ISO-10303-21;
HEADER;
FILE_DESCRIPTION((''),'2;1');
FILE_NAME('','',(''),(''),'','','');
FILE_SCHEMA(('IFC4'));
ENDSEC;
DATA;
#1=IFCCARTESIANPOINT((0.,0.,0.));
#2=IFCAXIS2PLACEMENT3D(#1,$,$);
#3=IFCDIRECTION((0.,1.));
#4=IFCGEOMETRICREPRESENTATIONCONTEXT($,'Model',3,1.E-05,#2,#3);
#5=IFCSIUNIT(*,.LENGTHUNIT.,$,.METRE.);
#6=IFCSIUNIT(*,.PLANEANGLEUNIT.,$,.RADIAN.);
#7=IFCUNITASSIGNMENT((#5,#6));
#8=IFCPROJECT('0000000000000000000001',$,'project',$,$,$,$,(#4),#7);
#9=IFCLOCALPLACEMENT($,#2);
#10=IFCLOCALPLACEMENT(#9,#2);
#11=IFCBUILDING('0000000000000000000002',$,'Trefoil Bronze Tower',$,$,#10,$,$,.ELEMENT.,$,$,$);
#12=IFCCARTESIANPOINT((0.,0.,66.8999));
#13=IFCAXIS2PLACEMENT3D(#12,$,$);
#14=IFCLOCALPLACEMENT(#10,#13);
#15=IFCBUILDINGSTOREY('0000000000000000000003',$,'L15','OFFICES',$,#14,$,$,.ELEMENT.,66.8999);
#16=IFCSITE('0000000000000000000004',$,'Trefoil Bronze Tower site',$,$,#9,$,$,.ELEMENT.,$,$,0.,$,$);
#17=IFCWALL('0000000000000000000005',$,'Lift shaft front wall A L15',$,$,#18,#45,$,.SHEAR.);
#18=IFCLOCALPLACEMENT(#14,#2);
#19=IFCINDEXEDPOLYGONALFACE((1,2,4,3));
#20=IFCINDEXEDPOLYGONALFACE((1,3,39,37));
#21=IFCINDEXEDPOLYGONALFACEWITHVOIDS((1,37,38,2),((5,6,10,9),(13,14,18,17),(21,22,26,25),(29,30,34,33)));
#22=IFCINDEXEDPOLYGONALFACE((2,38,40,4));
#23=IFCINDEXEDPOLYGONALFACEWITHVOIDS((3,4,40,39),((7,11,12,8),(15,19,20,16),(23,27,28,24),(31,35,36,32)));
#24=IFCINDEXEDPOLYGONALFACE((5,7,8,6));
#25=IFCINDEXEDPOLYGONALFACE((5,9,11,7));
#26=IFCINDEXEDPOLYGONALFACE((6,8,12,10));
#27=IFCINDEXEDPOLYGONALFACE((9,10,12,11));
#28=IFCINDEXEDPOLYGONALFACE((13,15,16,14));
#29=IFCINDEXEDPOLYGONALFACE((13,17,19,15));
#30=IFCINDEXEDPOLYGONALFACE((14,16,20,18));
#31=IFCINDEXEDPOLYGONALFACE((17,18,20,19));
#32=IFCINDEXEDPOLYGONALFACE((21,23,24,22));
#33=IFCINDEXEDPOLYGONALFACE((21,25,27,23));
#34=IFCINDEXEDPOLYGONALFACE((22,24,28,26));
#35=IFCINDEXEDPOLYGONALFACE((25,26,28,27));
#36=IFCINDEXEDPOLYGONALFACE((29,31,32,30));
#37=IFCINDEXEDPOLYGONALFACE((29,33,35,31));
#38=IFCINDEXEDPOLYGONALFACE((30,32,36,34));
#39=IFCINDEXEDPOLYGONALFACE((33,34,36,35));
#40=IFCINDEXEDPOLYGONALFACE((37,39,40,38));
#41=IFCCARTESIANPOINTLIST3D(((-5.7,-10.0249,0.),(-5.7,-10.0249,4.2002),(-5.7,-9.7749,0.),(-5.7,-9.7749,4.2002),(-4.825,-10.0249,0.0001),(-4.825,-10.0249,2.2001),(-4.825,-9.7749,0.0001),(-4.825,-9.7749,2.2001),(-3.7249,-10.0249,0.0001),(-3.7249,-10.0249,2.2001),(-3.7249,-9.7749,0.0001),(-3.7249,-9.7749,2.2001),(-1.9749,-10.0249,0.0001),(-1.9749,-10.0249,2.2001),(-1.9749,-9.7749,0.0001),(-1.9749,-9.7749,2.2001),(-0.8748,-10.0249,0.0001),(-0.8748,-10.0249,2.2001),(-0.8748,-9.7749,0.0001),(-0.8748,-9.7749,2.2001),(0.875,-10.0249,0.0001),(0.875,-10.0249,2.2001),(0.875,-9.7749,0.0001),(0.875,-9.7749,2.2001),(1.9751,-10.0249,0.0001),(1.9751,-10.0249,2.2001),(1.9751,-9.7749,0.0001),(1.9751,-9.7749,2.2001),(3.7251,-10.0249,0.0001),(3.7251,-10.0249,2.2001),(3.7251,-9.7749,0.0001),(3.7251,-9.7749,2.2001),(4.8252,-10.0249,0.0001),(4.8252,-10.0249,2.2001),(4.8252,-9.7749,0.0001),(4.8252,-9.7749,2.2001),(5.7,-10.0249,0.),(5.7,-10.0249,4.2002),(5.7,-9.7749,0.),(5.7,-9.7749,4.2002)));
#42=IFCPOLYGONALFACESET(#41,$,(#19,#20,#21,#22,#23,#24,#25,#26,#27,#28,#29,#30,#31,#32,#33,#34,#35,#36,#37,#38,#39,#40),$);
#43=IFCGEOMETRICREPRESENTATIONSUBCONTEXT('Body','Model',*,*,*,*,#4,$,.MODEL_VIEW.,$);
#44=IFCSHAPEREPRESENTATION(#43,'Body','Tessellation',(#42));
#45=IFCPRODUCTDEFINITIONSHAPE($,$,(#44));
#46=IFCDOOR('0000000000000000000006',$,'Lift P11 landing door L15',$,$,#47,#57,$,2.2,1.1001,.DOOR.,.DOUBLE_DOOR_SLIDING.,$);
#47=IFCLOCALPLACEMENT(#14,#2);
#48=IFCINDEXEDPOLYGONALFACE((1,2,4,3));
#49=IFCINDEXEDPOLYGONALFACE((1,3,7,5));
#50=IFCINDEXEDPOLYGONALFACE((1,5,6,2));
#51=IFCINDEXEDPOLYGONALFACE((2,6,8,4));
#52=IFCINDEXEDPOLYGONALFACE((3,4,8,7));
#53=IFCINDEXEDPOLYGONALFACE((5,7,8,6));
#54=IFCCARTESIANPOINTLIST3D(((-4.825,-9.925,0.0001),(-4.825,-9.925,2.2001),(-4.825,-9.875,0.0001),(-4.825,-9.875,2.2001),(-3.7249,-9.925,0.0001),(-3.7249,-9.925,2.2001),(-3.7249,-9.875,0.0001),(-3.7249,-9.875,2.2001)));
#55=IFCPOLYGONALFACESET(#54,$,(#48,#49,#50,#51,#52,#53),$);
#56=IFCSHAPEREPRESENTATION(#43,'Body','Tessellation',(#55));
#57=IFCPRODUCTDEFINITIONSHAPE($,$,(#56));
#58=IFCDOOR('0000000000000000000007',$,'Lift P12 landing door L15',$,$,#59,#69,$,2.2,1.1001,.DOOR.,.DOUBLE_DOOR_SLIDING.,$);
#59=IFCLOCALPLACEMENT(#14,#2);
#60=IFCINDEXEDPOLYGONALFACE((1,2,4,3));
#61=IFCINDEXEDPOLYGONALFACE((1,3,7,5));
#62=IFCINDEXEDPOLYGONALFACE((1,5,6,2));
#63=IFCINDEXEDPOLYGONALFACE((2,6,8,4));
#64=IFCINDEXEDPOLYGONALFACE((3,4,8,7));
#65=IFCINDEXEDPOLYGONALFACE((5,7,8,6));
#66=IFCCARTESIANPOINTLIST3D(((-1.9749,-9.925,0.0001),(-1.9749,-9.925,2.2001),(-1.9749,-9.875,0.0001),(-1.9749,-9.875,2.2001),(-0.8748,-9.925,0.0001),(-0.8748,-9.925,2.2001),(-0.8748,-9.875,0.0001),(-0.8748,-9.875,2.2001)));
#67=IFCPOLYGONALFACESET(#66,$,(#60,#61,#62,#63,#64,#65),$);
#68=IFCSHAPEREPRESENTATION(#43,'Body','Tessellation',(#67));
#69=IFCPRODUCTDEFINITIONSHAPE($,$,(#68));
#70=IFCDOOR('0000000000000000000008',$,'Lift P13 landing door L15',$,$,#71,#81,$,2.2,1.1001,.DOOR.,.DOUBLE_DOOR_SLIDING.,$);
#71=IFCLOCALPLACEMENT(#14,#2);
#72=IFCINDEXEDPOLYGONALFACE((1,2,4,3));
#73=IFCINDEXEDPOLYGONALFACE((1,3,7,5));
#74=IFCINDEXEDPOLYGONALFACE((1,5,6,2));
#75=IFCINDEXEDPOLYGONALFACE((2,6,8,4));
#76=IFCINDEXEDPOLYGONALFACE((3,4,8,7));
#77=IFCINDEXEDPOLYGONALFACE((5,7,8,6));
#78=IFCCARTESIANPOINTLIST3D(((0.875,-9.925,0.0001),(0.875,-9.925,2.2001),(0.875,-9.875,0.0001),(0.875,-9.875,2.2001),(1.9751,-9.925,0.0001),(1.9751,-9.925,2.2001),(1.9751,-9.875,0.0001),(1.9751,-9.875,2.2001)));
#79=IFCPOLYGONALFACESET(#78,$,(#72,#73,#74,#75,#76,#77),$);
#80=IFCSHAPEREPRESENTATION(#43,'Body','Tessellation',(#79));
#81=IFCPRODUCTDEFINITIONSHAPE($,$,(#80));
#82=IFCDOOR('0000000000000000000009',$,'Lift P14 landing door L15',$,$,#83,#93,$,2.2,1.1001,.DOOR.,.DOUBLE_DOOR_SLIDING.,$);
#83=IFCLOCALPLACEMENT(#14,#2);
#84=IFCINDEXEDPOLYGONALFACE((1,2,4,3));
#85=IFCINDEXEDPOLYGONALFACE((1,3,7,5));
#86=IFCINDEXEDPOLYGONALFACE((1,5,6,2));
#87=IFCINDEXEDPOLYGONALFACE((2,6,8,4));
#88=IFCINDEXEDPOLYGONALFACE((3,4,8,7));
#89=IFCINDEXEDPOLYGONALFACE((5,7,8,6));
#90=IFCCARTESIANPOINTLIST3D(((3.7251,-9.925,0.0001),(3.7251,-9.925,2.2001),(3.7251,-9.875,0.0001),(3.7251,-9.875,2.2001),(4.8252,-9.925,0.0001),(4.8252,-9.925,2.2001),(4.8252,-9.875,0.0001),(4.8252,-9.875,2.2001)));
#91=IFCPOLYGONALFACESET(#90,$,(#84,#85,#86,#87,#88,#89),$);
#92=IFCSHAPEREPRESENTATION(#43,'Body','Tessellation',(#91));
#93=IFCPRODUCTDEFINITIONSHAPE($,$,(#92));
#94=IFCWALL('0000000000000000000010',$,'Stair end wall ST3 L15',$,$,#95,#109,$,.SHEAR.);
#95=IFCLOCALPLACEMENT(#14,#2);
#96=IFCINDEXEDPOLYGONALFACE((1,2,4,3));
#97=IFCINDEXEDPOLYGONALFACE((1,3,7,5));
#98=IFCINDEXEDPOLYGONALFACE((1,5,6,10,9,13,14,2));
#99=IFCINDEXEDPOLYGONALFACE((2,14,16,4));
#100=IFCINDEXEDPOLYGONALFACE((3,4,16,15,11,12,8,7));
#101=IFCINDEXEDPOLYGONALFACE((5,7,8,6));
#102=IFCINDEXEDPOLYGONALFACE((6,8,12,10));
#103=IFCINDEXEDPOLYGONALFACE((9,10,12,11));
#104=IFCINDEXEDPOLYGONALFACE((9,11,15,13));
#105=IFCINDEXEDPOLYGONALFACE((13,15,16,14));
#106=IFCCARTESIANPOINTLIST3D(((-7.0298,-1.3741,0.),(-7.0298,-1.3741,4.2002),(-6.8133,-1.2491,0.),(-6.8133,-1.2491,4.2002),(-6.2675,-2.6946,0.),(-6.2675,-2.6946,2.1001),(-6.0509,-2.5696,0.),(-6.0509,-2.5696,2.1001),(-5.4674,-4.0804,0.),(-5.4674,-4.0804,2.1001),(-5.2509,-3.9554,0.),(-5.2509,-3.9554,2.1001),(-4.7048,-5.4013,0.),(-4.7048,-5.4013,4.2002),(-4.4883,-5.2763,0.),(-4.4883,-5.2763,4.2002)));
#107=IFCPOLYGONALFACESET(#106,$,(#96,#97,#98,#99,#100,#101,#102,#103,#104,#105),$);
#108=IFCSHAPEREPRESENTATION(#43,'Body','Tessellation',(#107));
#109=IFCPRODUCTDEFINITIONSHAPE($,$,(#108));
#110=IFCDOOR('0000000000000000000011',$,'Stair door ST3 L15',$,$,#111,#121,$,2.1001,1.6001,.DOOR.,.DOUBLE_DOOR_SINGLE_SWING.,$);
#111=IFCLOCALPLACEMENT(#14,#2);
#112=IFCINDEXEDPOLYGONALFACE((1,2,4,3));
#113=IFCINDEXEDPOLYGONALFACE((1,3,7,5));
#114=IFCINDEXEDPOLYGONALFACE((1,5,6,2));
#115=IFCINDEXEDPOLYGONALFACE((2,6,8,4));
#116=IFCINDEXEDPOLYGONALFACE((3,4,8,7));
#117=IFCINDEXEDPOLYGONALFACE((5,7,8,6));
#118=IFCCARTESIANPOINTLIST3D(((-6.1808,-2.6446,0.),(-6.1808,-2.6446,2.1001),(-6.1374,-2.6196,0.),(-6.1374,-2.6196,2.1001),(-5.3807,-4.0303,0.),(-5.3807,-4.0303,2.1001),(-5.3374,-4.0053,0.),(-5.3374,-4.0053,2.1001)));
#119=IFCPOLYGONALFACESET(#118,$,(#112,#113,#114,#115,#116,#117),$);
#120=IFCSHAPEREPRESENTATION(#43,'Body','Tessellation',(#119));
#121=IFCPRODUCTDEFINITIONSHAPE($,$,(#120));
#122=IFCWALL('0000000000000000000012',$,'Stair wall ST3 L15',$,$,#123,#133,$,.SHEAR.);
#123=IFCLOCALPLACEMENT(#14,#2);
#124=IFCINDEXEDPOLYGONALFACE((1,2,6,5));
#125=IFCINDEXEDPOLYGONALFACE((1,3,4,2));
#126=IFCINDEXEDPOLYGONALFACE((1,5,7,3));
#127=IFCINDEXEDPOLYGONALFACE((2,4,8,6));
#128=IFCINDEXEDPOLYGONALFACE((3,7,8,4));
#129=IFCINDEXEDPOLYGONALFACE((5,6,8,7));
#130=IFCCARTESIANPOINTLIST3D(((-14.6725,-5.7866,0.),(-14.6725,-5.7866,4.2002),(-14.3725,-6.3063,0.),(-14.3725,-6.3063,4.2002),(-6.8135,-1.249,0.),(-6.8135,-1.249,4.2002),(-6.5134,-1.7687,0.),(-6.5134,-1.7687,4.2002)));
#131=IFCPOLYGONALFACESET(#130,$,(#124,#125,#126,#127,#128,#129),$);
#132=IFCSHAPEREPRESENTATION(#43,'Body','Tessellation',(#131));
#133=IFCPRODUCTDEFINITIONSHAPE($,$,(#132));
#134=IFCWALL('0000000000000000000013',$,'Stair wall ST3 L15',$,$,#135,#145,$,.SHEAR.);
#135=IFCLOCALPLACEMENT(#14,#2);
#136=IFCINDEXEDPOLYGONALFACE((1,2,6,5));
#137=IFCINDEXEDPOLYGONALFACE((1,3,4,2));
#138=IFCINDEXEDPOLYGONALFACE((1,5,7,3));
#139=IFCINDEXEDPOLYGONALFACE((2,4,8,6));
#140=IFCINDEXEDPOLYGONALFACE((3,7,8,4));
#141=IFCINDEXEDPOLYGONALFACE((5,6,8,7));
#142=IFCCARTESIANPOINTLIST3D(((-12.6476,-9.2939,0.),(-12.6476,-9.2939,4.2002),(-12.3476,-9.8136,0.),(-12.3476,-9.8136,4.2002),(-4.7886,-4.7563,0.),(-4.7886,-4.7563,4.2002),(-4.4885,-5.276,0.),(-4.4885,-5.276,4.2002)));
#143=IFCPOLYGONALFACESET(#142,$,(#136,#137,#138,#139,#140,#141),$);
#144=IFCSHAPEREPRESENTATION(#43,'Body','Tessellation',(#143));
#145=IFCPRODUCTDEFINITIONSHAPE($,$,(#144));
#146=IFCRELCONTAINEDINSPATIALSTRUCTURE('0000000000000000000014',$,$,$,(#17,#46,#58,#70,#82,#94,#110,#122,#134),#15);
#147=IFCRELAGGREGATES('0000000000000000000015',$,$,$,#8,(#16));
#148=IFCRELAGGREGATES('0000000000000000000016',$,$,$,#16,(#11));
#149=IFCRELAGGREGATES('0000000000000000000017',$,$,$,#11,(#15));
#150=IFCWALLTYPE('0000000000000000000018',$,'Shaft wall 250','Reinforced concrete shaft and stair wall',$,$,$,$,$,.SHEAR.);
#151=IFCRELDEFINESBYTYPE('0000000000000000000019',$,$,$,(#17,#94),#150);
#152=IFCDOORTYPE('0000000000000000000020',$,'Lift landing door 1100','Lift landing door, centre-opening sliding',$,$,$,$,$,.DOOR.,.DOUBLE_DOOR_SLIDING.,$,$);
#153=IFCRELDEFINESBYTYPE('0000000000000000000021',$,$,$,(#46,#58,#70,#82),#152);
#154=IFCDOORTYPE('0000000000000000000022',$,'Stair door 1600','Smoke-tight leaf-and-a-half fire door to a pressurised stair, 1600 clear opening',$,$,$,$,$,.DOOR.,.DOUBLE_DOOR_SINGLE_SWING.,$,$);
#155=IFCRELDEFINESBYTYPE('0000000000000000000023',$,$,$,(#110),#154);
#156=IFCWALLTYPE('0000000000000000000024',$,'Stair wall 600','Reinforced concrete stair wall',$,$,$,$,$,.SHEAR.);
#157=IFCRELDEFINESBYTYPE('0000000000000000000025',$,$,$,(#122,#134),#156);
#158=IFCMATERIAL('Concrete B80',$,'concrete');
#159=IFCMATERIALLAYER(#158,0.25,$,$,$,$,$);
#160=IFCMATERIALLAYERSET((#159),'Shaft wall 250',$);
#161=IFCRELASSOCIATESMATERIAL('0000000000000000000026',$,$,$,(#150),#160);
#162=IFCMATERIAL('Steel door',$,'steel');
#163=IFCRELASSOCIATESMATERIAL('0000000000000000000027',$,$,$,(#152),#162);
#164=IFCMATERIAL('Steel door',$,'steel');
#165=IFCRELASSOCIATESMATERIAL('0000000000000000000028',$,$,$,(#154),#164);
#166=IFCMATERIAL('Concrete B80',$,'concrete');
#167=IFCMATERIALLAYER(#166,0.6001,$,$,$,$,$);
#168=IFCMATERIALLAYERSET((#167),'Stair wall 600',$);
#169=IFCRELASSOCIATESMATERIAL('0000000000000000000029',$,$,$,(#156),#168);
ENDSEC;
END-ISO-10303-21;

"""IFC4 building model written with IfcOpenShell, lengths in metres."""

from ifc_helpers import new_model, si_unit, direction, frame, frame_2d, origin, place, context, subcontext, project, spatial, rectangle, extrude, material, layer, layer_set, type_object, element, fill, save


model = new_model("IFC4")

# Units and contexts
model_context = context("Model", 3, precision=1e-05, world=origin(), true_north=direction((0.0, 1.0)))
body_context = subcontext(model_context, "Body", "Model", "MODEL_VIEW")
ifc_project = project(units=[si_unit("LENGTHUNIT", "METRE"), si_unit("PLANEANGLEUNIT", "RADIAN")], contexts=[model_context])

# Site, building, storey
site_placement = place(None, origin())
site = spatial("IfcSite", under=ifc_project, at=site_placement, Name="Trefoil Bronze Tower site", CompositionType="ELEMENT", RefElevation=0.0)
building_placement = place(site_placement, origin())
building = spatial("IfcBuilding", under=site, at=building_placement, Name="Trefoil Bronze Tower", CompositionType="ELEMENT")
storey_placement = place(building_placement, frame((0.0, 0.0, 66.8999)))
storey = spatial("IfcBuildingStorey", under=building, at=storey_placement, Name="L15", Description="OFFICES", CompositionType="ELEMENT", Elevation=66.8999)

# Wall, openings, doors
ifc_material_1 = material(Name="Concrete B80", Category="concrete")
ifc_layer_1 = layer(ifc_material_1, 0.25)
ifc_layer_set_1 = layer_set([ifc_layer_1], Name="Shaft wall 250")
wall_type_1 = type_object("IfcWallType", Name="Shaft wall 250", Description="Reinforced concrete shaft and stair wall", PredefinedType="SHEAR", material=ifc_layer_set_1)
wall_1_placement = place(storey_placement, frame((-5.7, -9.8999, 0.0), z_axis=(0.0, 0.0, 1.0), x_axis=(1.0, 0.0, 0.0)))
wall_1 = element("IfcWall", 1, at=wall_1_placement, inside=storey, type_object=wall_type_1, Name="Lift shaft front wall A L15", PredefinedType="SHEAR", context=body_context, shape_type="SweptSolid", body=[
    extrude(rectangle(XDim=11.3999, YDim=0.25, at=frame_2d((5.7, 0.0))), origin(), (0.0, 0.0, 1.0), 4.2002),
])
opening_1_placement = place(wall_1_placement, frame((0.875, 0.0, 0.0)))
opening_1 = element("IfcOpeningElement", 2, at=opening_1_placement, cuts=wall_1, PredefinedType="OPENING", context=body_context, shape_type="SweptSolid", body=[
    extrude(rectangle(XDim=1.1001, YDim=2.2, at=frame_2d((0.55, 1.1001))), frame((0.0, 0.135, 0.0), z_axis=(0.0, -1.0, 0.0), x_axis=(1.0, 0.0, 0.0)), (0.0, 0.0, 1.0), 0.27),
])
opening_2_placement = place(wall_1_placement, frame((3.7251, 0.0, 0.0)))
opening_2 = element("IfcOpeningElement", 3, at=opening_2_placement, cuts=wall_1, PredefinedType="OPENING", context=body_context, shape_type="SweptSolid", body=[
    extrude(rectangle(XDim=1.1001, YDim=2.2, at=frame_2d((0.55, 1.1001))), frame((0.0, 0.135, 0.0), z_axis=(0.0, -1.0, 0.0), x_axis=(1.0, 0.0, 0.0)), (0.0, 0.0, 1.0), 0.27),
])
opening_3_placement = place(wall_1_placement, frame((6.575, 0.0, 0.0)))
opening_3 = element("IfcOpeningElement", 4, at=opening_3_placement, cuts=wall_1, PredefinedType="OPENING", context=body_context, shape_type="SweptSolid", body=[
    extrude(rectangle(XDim=1.1001, YDim=2.2, at=frame_2d((0.55, 1.1001))), frame((0.0, 0.135, 0.0), z_axis=(0.0, -1.0, 0.0), x_axis=(1.0, 0.0, 0.0)), (0.0, 0.0, 1.0), 0.27),
])
opening_4_placement = place(wall_1_placement, frame((9.425, 0.0, 0.0)))
opening_4 = element("IfcOpeningElement", 5, at=opening_4_placement, cuts=wall_1, PredefinedType="OPENING", context=body_context, shape_type="SweptSolid", body=[
    extrude(rectangle(XDim=1.1001, YDim=2.2, at=frame_2d((0.55, 1.1001))), frame((0.0, 0.135, 0.0), z_axis=(0.0, -1.0, 0.0), x_axis=(1.0, 0.0, 0.0)), (0.0, 0.0, 1.0), 0.27),
])
ifc_material_2 = material(Name="Steel door", Category="steel")
door_type_1 = type_object("IfcDoorType", Name="Lift landing door 1100", Description="Lift landing door, centre-opening sliding", OperationType="DOUBLE_DOOR_SLIDING", PredefinedType="DOOR", material=ifc_material_2)
door_1_placement = place(opening_1_placement, origin())
door_1 = element("IfcDoor", 6, at=door_1_placement, inside=storey, type_object=door_type_1, Name="Lift P11 landing door L15", OperationType="DOUBLE_DOOR_SLIDING", OverallHeight=2.2, OverallWidth=1.1001, PredefinedType="DOOR", context=body_context, shape_type="SweptSolid", body=[
    extrude(rectangle(XDim=1.1001, YDim=2.2, at=frame_2d((0.55, 1.1001))), frame((0.0, 0.0249, 0.0), z_axis=(0.0, -1.0, 0.0), x_axis=(1.0, 0.0, 0.0)), (0.0, 0.0, 1.0), 0.05),
])
fill(opening_1, door_1)
door_2_placement = place(opening_2_placement, origin())
door_2 = element("IfcDoor", 7, at=door_2_placement, inside=storey, type_object=door_type_1, Name="Lift P12 landing door L15", OperationType="DOUBLE_DOOR_SLIDING", OverallHeight=2.2, OverallWidth=1.1001, PredefinedType="DOOR", context=body_context, shape_type="SweptSolid", body=[
    extrude(rectangle(XDim=1.1001, YDim=2.2, at=frame_2d((0.55, 1.1001))), frame((0.0, 0.0249, 0.0), z_axis=(0.0, -1.0, 0.0), x_axis=(1.0, 0.0, 0.0)), (0.0, 0.0, 1.0), 0.05),
])
fill(opening_2, door_2)
door_3_placement = place(opening_3_placement, origin())
door_3 = element("IfcDoor", 8, at=door_3_placement, inside=storey, type_object=door_type_1, Name="Lift P13 landing door L15", OperationType="DOUBLE_DOOR_SLIDING", OverallHeight=2.2, OverallWidth=1.1001, PredefinedType="DOOR", context=body_context, shape_type="SweptSolid", body=[
    extrude(rectangle(XDim=1.1001, YDim=2.2, at=frame_2d((0.55, 1.1001))), frame((0.0, 0.0249, 0.0), z_axis=(0.0, -1.0, 0.0), x_axis=(1.0, 0.0, 0.0)), (0.0, 0.0, 1.0), 0.05),
])
fill(opening_3, door_3)
door_4_placement = place(opening_4_placement, origin())
door_4 = element("IfcDoor", 9, at=door_4_placement, inside=storey, type_object=door_type_1, Name="Lift P14 landing door L15", OperationType="DOUBLE_DOOR_SLIDING", OverallHeight=2.2, OverallWidth=1.1001, PredefinedType="DOOR", context=body_context, shape_type="SweptSolid", body=[
    extrude(rectangle(XDim=1.1001, YDim=2.2, at=frame_2d((0.55, 1.1001))), frame((0.0, 0.0249, 0.0), z_axis=(0.0, -1.0, 0.0), x_axis=(1.0, 0.0, 0.0)), (0.0, 0.0, 1.0), 0.05),
])
fill(opening_4, door_4)

# Wall, opening, door
wall_2_placement = place(storey_placement, frame((-6.9216, -1.3115, 0.0), z_axis=(0.0, 0.0, 1.0), x_axis=(0.499985, -0.866034, 0.0)))
wall_2 = element("IfcWall", 10, at=wall_2_placement, inside=storey, type_object=wall_type_1, Name="Stair end wall ST3 L15", PredefinedType="SHEAR", context=body_context, shape_type="SweptSolid", body=[
    extrude(rectangle(XDim=4.6501, YDim=0.25, at=frame_2d((2.3252, 0.0))), origin(), (0.0, 0.0, 1.0), 4.2002),
])
opening_5_placement = place(wall_2_placement, frame((1.5249, 0.0, 0.0)))
opening_5 = element("IfcOpeningElement", 11, at=opening_5_placement, cuts=wall_2, PredefinedType="OPENING", context=body_context, shape_type="SweptSolid", body=[
    extrude(rectangle(XDim=1.6001, YDim=2.1001, at=frame_2d((0.8, 1.05))), frame((0.0, 0.135, 0.0), z_axis=(0.0, -1.0, 0.0), x_axis=(1.0, 0.0, 0.0)), (0.0, 0.0, 1.0), 0.27),
])
ifc_material_3 = material(Name="Steel door", Category="steel")
door_type_2 = type_object("IfcDoorType", Name="Stair door 1600", Description="Smoke-tight leaf-and-a-half fire door to a pressurised stair, 1600 clear opening", OperationType="DOUBLE_DOOR_SINGLE_SWING", PredefinedType="DOOR", material=ifc_material_3)
door_5_placement = place(opening_5_placement, frame((1.6001, 0.0, 0.0), z_axis=(0.0, 0.0, 1.0), x_axis=(-1.0, 0.0, 0.0)))
door_5 = element("IfcDoor", 12, at=door_5_placement, inside=storey, type_object=door_type_2, Name="Stair door ST3 L15", OperationType="DOUBLE_DOOR_SINGLE_SWING", OverallHeight=2.1001, OverallWidth=1.6001, PredefinedType="DOOR", context=body_context, shape_type="SweptSolid", body=[
    extrude(rectangle(XDim=1.6001, YDim=2.1001, at=frame_2d((0.8, 1.05))), frame((0.0, 0.0249, 0.0), z_axis=(0.0, -1.0, 0.0), x_axis=(1.0, 0.0, 0.0)), (0.0, 0.0, 1.0), 0.05),
])
fill(opening_5, door_5)

# Walls
ifc_material_4 = material(Name="Concrete B80", Category="concrete")
ifc_layer_2 = layer(ifc_material_4, 0.6001)
ifc_layer_set_2 = layer_set([ifc_layer_2], Name="Stair wall 600")
wall_type_2 = type_object("IfcWallType", Name="Stair wall 600", Description="Reinforced concrete stair wall", PredefinedType="SHEAR", material=ifc_layer_set_2)
for number, where, z_axis, x_axis, name in (
    (13, (-6.6633, -1.5088, 0.0), (0.0, 0.0, 1.0), (-0.866019, -0.50001, 0.0), "Stair wall ST3 L15"),
    (14, (-4.6384, -5.0161, 0.0), (0.0, 0.0, 1.0), (-0.866019, -0.50001, 0.0), "Stair wall ST3 L15"),
):
    element("IfcWall", number, at=place(storey_placement, frame(where, z_axis=z_axis, x_axis=x_axis)), inside=storey, type_object=wall_type_2, Name=name, PredefinedType="SHEAR", context=body_context, shape_type="SweptSolid", body=[
        extrude(rectangle(XDim=9.075, YDim=0.6001, at=frame_2d((4.5376, 0.0))), origin(), (0.0, 0.0, 1.0), 4.2002),
    ])

save(model, "model.ifc")
